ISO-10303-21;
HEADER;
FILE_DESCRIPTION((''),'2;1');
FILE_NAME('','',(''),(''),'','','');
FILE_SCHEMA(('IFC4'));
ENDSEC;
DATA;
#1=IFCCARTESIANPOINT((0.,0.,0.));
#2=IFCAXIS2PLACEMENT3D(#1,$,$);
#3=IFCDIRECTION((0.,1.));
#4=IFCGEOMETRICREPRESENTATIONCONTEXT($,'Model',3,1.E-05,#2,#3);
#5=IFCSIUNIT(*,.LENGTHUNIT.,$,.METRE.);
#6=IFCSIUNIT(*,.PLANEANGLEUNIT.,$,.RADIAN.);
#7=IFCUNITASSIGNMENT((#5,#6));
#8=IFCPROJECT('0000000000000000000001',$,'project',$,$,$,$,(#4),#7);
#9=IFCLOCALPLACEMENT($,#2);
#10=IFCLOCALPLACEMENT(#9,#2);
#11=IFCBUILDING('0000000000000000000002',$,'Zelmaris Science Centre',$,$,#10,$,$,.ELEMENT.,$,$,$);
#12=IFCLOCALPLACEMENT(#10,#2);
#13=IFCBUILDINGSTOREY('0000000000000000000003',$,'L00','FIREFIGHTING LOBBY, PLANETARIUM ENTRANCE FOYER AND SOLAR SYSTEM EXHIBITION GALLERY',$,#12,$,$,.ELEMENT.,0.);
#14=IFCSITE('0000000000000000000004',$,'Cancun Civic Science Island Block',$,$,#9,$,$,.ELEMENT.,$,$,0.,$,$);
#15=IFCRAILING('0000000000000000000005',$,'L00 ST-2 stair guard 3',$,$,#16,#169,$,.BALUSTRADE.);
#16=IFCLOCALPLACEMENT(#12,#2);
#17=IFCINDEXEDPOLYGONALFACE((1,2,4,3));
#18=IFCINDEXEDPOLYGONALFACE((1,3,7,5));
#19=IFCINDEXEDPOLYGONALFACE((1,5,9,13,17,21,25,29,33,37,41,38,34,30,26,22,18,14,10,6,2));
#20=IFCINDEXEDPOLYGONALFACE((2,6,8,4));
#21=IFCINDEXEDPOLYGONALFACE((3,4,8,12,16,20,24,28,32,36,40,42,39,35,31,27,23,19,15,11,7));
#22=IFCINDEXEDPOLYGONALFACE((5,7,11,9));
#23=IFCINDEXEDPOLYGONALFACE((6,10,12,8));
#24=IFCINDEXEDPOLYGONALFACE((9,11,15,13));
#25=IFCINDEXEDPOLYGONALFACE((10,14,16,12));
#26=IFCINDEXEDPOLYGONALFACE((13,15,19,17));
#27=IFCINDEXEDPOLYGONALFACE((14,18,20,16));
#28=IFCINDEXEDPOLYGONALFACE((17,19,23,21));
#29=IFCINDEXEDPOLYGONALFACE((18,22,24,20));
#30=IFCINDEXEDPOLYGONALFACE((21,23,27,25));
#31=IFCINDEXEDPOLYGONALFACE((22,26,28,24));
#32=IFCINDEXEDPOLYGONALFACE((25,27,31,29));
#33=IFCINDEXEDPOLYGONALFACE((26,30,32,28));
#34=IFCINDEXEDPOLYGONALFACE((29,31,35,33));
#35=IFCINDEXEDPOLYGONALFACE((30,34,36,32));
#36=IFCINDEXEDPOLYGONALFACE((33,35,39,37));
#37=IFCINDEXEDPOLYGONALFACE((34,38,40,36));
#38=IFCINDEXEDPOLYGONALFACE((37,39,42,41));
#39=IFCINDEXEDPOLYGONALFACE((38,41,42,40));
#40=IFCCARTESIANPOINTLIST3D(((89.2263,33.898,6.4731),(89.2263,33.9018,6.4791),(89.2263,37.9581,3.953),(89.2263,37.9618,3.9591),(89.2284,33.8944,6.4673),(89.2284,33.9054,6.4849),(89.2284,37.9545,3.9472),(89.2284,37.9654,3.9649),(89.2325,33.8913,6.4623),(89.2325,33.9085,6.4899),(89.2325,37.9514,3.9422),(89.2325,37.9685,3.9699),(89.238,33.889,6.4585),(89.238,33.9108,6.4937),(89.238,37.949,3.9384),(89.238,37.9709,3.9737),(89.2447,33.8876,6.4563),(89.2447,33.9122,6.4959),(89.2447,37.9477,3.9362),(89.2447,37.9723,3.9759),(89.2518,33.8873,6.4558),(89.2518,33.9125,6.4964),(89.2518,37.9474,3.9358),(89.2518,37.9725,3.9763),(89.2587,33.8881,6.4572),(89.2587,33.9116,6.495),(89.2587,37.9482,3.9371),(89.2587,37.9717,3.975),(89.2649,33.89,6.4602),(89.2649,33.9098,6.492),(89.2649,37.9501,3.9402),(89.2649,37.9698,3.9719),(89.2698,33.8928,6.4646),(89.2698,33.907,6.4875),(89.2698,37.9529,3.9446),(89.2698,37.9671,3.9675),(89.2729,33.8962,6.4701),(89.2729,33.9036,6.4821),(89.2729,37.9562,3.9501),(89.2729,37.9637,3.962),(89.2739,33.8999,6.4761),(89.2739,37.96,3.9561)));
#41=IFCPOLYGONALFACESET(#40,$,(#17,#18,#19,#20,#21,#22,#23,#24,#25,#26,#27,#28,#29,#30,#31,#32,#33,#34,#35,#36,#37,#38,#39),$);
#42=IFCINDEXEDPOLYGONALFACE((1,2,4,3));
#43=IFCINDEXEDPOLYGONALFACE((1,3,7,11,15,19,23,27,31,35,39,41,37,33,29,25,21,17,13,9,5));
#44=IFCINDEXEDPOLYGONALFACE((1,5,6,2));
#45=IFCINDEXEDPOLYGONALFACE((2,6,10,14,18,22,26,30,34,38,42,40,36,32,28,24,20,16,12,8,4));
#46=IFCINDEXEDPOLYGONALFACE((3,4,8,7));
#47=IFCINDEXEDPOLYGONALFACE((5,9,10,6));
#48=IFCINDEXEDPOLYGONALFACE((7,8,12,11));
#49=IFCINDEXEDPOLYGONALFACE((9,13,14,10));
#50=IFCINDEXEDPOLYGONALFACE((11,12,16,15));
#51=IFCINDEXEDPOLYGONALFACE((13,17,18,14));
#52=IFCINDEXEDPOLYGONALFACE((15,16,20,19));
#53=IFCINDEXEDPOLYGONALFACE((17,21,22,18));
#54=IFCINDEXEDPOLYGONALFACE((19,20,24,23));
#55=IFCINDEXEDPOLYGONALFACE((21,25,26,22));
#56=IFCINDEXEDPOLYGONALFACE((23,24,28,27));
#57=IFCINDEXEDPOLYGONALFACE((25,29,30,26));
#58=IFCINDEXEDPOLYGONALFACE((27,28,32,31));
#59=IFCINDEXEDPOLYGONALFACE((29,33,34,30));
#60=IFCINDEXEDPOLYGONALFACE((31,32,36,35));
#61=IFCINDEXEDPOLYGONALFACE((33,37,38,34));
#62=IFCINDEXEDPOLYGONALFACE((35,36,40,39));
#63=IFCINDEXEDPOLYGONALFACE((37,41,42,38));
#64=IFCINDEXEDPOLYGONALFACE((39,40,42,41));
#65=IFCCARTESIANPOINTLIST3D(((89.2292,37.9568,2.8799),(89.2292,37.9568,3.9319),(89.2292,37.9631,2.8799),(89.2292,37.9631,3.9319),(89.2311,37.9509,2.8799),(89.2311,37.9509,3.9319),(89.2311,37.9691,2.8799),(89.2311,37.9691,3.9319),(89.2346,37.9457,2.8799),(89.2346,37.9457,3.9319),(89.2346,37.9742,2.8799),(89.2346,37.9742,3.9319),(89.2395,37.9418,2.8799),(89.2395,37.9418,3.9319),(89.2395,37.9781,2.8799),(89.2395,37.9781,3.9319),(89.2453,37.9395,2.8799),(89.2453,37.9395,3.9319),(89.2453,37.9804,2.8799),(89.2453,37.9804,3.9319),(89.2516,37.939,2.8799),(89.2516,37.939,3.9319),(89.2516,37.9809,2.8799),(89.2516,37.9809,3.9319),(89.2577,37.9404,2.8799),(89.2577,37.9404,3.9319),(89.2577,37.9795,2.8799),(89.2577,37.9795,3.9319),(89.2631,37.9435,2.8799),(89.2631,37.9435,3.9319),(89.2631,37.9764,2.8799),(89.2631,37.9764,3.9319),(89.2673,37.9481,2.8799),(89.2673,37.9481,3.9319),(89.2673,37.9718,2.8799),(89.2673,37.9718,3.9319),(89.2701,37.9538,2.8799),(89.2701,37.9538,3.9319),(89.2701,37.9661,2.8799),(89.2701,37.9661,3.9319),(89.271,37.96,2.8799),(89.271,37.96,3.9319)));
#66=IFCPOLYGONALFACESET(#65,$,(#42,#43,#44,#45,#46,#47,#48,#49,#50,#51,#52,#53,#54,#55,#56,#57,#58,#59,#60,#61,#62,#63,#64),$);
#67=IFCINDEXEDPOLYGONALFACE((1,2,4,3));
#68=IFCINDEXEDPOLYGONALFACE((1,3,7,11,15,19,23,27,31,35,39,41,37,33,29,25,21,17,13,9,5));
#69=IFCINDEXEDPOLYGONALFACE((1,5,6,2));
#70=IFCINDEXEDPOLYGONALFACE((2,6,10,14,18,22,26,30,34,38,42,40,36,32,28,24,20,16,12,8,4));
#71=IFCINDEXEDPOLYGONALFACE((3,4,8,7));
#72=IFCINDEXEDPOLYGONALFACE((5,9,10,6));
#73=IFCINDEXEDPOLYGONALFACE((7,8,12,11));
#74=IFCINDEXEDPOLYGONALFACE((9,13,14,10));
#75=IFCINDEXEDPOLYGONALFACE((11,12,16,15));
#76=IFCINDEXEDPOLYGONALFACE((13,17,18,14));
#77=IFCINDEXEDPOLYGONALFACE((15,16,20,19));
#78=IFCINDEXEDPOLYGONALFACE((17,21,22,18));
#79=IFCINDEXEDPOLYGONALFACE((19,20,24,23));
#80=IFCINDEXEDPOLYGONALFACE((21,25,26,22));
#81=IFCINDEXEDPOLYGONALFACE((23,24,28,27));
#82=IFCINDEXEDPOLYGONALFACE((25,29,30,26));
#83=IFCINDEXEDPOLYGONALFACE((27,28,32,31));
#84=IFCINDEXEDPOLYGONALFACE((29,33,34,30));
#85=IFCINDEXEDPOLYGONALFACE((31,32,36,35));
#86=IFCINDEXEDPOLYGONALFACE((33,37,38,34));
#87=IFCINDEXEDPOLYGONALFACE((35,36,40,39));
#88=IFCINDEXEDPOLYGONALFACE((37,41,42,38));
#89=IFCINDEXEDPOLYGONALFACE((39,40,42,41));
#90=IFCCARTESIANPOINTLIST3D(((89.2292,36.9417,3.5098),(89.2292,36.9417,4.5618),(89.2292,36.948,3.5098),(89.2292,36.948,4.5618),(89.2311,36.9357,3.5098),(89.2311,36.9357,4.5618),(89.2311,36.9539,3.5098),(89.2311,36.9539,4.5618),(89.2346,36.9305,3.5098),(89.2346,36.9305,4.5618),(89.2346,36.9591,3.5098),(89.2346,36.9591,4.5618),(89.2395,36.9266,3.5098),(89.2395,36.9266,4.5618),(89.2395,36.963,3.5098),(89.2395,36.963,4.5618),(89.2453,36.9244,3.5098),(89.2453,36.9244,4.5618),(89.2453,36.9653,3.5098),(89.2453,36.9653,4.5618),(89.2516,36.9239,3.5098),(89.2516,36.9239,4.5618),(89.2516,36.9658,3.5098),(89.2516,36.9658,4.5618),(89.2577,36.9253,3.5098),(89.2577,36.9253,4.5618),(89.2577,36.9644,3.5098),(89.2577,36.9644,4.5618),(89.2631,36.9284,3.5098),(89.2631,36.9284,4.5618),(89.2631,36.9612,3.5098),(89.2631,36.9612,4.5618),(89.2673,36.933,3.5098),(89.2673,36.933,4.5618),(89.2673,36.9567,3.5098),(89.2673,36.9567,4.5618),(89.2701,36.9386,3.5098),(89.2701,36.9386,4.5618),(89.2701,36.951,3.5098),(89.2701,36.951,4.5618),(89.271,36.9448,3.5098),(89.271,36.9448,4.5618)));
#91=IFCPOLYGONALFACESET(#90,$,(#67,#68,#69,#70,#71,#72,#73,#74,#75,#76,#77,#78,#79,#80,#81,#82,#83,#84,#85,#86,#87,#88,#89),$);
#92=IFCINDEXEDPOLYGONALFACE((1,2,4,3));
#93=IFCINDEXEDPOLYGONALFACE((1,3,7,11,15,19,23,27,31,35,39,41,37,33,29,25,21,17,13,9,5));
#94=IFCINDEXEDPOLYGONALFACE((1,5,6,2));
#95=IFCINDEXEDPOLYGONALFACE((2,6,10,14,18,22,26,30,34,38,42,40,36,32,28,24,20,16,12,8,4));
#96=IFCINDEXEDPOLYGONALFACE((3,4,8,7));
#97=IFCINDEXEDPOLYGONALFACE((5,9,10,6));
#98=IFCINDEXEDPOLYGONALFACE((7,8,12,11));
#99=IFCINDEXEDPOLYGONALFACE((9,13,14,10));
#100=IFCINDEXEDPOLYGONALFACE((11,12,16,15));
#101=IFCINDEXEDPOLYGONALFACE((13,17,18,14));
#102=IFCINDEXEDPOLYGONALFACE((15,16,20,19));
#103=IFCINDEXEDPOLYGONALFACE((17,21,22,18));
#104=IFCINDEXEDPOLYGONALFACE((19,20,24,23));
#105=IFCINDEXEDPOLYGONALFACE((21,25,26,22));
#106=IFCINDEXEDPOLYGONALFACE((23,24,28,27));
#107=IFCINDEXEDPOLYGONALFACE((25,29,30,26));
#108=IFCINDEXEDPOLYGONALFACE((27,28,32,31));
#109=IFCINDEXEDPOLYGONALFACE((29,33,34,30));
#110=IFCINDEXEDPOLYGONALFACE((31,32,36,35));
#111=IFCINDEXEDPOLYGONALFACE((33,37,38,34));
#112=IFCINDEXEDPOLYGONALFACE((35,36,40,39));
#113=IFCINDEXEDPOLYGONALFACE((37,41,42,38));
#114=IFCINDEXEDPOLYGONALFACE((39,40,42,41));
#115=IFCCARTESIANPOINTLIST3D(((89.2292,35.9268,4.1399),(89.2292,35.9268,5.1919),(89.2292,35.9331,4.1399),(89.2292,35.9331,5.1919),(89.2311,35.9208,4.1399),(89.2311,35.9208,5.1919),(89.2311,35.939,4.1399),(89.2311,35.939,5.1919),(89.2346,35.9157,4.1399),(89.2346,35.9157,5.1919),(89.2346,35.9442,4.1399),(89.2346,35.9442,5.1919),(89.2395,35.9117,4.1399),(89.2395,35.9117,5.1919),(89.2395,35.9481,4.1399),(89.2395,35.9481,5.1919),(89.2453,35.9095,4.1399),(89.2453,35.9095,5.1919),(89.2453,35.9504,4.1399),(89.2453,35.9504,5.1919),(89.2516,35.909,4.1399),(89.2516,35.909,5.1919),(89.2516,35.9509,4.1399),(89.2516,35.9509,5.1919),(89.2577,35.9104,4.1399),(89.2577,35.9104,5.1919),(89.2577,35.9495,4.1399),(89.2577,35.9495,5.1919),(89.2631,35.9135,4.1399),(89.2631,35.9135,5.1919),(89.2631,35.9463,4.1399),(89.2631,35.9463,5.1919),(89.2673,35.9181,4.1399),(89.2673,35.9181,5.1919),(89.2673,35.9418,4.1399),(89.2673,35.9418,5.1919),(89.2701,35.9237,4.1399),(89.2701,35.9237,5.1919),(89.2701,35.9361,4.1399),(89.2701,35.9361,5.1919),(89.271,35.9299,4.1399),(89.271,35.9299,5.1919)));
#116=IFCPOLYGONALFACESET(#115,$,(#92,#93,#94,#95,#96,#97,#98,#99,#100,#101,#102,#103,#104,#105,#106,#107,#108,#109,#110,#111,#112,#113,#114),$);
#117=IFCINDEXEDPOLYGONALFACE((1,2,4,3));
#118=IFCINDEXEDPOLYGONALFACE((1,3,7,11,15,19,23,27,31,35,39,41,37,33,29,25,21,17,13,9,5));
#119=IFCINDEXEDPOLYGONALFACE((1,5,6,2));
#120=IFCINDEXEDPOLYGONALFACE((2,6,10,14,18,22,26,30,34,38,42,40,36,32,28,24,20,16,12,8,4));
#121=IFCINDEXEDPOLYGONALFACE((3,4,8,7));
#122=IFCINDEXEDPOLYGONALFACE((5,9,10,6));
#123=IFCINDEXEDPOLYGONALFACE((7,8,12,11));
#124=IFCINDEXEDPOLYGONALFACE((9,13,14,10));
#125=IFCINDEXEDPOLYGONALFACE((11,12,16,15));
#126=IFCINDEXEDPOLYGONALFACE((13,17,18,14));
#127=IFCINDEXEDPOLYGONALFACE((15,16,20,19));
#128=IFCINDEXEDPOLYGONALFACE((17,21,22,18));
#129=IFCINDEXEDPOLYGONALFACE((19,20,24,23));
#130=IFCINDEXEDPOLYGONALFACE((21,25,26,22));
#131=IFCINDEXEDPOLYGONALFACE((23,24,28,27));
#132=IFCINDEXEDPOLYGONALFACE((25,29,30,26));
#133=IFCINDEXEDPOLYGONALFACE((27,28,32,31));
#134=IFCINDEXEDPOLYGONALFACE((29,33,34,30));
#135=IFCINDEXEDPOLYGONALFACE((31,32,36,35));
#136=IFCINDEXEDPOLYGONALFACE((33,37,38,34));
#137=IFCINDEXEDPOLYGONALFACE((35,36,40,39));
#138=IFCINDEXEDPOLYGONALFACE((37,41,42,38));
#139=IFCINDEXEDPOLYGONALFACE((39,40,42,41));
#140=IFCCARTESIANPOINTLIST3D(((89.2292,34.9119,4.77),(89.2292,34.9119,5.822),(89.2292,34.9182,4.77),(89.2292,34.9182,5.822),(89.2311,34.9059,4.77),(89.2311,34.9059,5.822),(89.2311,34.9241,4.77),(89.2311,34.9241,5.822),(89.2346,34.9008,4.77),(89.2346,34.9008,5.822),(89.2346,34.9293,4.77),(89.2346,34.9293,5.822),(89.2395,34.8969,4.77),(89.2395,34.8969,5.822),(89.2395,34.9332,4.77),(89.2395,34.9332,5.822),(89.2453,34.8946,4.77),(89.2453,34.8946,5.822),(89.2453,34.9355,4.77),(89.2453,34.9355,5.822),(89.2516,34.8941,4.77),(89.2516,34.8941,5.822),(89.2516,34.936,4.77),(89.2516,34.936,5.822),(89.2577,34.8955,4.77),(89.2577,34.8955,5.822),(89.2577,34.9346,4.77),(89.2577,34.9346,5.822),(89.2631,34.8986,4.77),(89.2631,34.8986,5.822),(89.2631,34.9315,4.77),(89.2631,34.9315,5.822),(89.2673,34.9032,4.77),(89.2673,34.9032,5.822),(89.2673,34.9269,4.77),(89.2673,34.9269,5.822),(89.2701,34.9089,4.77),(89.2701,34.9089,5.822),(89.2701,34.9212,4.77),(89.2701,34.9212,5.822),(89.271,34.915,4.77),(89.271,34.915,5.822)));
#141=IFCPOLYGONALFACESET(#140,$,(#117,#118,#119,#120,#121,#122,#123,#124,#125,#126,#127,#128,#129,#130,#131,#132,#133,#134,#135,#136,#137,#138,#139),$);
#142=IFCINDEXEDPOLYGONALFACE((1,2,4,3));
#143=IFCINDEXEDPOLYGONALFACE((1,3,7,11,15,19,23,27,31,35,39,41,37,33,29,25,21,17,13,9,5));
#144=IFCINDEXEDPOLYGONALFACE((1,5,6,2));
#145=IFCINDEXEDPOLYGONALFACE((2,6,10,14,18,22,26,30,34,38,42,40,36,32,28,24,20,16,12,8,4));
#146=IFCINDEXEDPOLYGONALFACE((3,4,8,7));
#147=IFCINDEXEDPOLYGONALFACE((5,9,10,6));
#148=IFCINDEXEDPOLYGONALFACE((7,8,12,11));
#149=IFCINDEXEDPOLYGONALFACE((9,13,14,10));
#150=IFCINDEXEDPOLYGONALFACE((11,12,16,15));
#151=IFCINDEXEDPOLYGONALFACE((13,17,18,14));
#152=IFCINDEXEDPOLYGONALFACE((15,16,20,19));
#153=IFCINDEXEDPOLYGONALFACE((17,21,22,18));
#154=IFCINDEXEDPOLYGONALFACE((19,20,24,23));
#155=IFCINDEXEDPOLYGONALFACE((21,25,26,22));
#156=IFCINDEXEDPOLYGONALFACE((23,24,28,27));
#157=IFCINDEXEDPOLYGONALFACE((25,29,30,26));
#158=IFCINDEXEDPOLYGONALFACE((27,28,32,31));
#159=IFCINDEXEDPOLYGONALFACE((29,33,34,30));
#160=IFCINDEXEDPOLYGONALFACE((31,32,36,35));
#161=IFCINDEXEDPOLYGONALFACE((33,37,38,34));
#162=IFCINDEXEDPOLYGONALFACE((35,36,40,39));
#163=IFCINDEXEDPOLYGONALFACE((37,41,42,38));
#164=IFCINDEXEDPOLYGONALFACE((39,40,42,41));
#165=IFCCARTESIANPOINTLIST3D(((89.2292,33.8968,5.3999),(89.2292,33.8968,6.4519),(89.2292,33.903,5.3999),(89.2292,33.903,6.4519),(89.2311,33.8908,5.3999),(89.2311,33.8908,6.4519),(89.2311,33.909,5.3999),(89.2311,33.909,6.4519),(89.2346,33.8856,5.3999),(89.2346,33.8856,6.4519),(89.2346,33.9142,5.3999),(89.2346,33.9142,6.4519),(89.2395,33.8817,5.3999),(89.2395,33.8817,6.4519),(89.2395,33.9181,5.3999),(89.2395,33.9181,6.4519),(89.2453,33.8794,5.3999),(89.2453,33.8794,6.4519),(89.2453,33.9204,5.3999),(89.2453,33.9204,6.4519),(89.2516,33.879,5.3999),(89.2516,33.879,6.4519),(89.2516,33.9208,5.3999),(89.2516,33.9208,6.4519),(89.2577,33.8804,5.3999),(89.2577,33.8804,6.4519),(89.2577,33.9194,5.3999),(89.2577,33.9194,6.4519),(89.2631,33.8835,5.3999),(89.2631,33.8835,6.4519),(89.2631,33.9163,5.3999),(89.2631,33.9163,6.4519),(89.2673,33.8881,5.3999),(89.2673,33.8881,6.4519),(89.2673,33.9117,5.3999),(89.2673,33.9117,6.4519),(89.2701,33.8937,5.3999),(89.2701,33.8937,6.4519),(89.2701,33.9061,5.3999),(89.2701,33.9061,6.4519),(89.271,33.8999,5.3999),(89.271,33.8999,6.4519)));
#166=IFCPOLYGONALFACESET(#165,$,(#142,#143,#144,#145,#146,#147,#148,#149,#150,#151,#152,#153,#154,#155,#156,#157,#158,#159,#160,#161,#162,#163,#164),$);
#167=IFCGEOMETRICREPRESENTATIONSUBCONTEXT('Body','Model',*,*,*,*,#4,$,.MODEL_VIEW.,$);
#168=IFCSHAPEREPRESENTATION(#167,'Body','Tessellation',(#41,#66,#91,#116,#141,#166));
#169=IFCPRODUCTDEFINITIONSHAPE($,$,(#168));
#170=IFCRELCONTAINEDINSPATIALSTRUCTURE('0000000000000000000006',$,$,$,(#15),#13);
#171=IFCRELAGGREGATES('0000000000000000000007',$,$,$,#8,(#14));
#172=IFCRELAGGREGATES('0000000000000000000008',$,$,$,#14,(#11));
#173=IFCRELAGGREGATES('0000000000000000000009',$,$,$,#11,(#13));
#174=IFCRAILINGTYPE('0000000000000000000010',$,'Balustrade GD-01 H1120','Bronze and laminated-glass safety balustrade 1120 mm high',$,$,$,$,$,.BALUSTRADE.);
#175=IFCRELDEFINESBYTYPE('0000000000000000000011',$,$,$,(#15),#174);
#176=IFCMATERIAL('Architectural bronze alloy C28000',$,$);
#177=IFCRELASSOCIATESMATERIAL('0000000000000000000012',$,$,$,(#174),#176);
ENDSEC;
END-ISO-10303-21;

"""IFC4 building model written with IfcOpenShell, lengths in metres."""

from ifc_helpers import new_model, si_unit, direction, frame, origin, origin_2d, place, context, subcontext, project, spatial, circle, extrude, material, type_object, element, save


model = new_model("IFC4")

# Units and contexts
model_context = context("Model", 3, precision=1e-05, world=origin(), true_north=direction((0.0, 1.0)))
body_context = subcontext(model_context, "Body", "Model", "MODEL_VIEW")
ifc_project = project(units=[si_unit("LENGTHUNIT", "METRE"), si_unit("PLANEANGLEUNIT", "RADIAN")], contexts=[model_context])

# Site, building, storey
site_placement = place(None, origin())
site = spatial("IfcSite", under=ifc_project, at=site_placement, Name="Cancun Civic Science Island Block", CompositionType="ELEMENT", RefElevation=0.0)
building_placement = place(site_placement, origin())
building = spatial("IfcBuilding", under=site, at=building_placement, Name="Zelmaris Science Centre", CompositionType="ELEMENT")
storey_placement = place(building_placement, origin())
storey = spatial("IfcBuildingStorey", under=building, at=storey_placement, Name="L00", Description="FIREFIGHTING LOBBY, PLANETARIUM ENTRANCE FOYER AND SOLAR SYSTEM EXHIBITION GALLERY", CompositionType="ELEMENT", Elevation=0.0)

# Railing
ifc_material_1 = material(Name="Architectural bronze alloy C28000")
railing_type_1 = type_object("IfcRailingType", Name="Balustrade GD-01 H1120", Description="Bronze and laminated-glass safety balustrade 1120 mm high", PredefinedType="BALUSTRADE", material=ifc_material_1)
railing_1_placement = place(storey_placement, frame((89.25, 37.96, 2.8799)))
element("IfcRailing", 1, at=railing_1_placement, inside=storey, type_object=railing_type_1, Name="L00 ST-2 stair guard 3", PredefinedType="BALUSTRADE", context=body_context, shape_type="SweptSolid", body=[
    extrude(circle(Radius=0.0239, at=origin_2d()), frame((0.0, 0.0, 1.0762), z_axis=(0.0, -0.849642, 0.52736), x_axis=(1.0, 0.0, 0.0)), (0.0, 0.0, 1.0), 4.7786),
    extrude(circle(Radius=0.021, at=origin_2d()), origin(), (0.0, 0.0, 1.0), 1.052),
    extrude(circle(Radius=0.021, at=origin_2d()), frame((0.0, -1.0151, 0.6299)), (0.0, 0.0, 1.0), 1.052),
    extrude(circle(Radius=0.021, at=origin_2d()), frame((0.0, -2.03, 1.26)), (0.0, 0.0, 1.0), 1.052),
    extrude(circle(Radius=0.021, at=origin_2d()), frame((0.0, -3.0449, 1.8901)), (0.0, 0.0, 1.0), 1.052),
    extrude(circle(Radius=0.021, at=origin_2d()), frame((0.0, -4.0601, 2.52)), (0.0, 0.0, 1.0), 1.052),
])

save(model, "model.ifc")
